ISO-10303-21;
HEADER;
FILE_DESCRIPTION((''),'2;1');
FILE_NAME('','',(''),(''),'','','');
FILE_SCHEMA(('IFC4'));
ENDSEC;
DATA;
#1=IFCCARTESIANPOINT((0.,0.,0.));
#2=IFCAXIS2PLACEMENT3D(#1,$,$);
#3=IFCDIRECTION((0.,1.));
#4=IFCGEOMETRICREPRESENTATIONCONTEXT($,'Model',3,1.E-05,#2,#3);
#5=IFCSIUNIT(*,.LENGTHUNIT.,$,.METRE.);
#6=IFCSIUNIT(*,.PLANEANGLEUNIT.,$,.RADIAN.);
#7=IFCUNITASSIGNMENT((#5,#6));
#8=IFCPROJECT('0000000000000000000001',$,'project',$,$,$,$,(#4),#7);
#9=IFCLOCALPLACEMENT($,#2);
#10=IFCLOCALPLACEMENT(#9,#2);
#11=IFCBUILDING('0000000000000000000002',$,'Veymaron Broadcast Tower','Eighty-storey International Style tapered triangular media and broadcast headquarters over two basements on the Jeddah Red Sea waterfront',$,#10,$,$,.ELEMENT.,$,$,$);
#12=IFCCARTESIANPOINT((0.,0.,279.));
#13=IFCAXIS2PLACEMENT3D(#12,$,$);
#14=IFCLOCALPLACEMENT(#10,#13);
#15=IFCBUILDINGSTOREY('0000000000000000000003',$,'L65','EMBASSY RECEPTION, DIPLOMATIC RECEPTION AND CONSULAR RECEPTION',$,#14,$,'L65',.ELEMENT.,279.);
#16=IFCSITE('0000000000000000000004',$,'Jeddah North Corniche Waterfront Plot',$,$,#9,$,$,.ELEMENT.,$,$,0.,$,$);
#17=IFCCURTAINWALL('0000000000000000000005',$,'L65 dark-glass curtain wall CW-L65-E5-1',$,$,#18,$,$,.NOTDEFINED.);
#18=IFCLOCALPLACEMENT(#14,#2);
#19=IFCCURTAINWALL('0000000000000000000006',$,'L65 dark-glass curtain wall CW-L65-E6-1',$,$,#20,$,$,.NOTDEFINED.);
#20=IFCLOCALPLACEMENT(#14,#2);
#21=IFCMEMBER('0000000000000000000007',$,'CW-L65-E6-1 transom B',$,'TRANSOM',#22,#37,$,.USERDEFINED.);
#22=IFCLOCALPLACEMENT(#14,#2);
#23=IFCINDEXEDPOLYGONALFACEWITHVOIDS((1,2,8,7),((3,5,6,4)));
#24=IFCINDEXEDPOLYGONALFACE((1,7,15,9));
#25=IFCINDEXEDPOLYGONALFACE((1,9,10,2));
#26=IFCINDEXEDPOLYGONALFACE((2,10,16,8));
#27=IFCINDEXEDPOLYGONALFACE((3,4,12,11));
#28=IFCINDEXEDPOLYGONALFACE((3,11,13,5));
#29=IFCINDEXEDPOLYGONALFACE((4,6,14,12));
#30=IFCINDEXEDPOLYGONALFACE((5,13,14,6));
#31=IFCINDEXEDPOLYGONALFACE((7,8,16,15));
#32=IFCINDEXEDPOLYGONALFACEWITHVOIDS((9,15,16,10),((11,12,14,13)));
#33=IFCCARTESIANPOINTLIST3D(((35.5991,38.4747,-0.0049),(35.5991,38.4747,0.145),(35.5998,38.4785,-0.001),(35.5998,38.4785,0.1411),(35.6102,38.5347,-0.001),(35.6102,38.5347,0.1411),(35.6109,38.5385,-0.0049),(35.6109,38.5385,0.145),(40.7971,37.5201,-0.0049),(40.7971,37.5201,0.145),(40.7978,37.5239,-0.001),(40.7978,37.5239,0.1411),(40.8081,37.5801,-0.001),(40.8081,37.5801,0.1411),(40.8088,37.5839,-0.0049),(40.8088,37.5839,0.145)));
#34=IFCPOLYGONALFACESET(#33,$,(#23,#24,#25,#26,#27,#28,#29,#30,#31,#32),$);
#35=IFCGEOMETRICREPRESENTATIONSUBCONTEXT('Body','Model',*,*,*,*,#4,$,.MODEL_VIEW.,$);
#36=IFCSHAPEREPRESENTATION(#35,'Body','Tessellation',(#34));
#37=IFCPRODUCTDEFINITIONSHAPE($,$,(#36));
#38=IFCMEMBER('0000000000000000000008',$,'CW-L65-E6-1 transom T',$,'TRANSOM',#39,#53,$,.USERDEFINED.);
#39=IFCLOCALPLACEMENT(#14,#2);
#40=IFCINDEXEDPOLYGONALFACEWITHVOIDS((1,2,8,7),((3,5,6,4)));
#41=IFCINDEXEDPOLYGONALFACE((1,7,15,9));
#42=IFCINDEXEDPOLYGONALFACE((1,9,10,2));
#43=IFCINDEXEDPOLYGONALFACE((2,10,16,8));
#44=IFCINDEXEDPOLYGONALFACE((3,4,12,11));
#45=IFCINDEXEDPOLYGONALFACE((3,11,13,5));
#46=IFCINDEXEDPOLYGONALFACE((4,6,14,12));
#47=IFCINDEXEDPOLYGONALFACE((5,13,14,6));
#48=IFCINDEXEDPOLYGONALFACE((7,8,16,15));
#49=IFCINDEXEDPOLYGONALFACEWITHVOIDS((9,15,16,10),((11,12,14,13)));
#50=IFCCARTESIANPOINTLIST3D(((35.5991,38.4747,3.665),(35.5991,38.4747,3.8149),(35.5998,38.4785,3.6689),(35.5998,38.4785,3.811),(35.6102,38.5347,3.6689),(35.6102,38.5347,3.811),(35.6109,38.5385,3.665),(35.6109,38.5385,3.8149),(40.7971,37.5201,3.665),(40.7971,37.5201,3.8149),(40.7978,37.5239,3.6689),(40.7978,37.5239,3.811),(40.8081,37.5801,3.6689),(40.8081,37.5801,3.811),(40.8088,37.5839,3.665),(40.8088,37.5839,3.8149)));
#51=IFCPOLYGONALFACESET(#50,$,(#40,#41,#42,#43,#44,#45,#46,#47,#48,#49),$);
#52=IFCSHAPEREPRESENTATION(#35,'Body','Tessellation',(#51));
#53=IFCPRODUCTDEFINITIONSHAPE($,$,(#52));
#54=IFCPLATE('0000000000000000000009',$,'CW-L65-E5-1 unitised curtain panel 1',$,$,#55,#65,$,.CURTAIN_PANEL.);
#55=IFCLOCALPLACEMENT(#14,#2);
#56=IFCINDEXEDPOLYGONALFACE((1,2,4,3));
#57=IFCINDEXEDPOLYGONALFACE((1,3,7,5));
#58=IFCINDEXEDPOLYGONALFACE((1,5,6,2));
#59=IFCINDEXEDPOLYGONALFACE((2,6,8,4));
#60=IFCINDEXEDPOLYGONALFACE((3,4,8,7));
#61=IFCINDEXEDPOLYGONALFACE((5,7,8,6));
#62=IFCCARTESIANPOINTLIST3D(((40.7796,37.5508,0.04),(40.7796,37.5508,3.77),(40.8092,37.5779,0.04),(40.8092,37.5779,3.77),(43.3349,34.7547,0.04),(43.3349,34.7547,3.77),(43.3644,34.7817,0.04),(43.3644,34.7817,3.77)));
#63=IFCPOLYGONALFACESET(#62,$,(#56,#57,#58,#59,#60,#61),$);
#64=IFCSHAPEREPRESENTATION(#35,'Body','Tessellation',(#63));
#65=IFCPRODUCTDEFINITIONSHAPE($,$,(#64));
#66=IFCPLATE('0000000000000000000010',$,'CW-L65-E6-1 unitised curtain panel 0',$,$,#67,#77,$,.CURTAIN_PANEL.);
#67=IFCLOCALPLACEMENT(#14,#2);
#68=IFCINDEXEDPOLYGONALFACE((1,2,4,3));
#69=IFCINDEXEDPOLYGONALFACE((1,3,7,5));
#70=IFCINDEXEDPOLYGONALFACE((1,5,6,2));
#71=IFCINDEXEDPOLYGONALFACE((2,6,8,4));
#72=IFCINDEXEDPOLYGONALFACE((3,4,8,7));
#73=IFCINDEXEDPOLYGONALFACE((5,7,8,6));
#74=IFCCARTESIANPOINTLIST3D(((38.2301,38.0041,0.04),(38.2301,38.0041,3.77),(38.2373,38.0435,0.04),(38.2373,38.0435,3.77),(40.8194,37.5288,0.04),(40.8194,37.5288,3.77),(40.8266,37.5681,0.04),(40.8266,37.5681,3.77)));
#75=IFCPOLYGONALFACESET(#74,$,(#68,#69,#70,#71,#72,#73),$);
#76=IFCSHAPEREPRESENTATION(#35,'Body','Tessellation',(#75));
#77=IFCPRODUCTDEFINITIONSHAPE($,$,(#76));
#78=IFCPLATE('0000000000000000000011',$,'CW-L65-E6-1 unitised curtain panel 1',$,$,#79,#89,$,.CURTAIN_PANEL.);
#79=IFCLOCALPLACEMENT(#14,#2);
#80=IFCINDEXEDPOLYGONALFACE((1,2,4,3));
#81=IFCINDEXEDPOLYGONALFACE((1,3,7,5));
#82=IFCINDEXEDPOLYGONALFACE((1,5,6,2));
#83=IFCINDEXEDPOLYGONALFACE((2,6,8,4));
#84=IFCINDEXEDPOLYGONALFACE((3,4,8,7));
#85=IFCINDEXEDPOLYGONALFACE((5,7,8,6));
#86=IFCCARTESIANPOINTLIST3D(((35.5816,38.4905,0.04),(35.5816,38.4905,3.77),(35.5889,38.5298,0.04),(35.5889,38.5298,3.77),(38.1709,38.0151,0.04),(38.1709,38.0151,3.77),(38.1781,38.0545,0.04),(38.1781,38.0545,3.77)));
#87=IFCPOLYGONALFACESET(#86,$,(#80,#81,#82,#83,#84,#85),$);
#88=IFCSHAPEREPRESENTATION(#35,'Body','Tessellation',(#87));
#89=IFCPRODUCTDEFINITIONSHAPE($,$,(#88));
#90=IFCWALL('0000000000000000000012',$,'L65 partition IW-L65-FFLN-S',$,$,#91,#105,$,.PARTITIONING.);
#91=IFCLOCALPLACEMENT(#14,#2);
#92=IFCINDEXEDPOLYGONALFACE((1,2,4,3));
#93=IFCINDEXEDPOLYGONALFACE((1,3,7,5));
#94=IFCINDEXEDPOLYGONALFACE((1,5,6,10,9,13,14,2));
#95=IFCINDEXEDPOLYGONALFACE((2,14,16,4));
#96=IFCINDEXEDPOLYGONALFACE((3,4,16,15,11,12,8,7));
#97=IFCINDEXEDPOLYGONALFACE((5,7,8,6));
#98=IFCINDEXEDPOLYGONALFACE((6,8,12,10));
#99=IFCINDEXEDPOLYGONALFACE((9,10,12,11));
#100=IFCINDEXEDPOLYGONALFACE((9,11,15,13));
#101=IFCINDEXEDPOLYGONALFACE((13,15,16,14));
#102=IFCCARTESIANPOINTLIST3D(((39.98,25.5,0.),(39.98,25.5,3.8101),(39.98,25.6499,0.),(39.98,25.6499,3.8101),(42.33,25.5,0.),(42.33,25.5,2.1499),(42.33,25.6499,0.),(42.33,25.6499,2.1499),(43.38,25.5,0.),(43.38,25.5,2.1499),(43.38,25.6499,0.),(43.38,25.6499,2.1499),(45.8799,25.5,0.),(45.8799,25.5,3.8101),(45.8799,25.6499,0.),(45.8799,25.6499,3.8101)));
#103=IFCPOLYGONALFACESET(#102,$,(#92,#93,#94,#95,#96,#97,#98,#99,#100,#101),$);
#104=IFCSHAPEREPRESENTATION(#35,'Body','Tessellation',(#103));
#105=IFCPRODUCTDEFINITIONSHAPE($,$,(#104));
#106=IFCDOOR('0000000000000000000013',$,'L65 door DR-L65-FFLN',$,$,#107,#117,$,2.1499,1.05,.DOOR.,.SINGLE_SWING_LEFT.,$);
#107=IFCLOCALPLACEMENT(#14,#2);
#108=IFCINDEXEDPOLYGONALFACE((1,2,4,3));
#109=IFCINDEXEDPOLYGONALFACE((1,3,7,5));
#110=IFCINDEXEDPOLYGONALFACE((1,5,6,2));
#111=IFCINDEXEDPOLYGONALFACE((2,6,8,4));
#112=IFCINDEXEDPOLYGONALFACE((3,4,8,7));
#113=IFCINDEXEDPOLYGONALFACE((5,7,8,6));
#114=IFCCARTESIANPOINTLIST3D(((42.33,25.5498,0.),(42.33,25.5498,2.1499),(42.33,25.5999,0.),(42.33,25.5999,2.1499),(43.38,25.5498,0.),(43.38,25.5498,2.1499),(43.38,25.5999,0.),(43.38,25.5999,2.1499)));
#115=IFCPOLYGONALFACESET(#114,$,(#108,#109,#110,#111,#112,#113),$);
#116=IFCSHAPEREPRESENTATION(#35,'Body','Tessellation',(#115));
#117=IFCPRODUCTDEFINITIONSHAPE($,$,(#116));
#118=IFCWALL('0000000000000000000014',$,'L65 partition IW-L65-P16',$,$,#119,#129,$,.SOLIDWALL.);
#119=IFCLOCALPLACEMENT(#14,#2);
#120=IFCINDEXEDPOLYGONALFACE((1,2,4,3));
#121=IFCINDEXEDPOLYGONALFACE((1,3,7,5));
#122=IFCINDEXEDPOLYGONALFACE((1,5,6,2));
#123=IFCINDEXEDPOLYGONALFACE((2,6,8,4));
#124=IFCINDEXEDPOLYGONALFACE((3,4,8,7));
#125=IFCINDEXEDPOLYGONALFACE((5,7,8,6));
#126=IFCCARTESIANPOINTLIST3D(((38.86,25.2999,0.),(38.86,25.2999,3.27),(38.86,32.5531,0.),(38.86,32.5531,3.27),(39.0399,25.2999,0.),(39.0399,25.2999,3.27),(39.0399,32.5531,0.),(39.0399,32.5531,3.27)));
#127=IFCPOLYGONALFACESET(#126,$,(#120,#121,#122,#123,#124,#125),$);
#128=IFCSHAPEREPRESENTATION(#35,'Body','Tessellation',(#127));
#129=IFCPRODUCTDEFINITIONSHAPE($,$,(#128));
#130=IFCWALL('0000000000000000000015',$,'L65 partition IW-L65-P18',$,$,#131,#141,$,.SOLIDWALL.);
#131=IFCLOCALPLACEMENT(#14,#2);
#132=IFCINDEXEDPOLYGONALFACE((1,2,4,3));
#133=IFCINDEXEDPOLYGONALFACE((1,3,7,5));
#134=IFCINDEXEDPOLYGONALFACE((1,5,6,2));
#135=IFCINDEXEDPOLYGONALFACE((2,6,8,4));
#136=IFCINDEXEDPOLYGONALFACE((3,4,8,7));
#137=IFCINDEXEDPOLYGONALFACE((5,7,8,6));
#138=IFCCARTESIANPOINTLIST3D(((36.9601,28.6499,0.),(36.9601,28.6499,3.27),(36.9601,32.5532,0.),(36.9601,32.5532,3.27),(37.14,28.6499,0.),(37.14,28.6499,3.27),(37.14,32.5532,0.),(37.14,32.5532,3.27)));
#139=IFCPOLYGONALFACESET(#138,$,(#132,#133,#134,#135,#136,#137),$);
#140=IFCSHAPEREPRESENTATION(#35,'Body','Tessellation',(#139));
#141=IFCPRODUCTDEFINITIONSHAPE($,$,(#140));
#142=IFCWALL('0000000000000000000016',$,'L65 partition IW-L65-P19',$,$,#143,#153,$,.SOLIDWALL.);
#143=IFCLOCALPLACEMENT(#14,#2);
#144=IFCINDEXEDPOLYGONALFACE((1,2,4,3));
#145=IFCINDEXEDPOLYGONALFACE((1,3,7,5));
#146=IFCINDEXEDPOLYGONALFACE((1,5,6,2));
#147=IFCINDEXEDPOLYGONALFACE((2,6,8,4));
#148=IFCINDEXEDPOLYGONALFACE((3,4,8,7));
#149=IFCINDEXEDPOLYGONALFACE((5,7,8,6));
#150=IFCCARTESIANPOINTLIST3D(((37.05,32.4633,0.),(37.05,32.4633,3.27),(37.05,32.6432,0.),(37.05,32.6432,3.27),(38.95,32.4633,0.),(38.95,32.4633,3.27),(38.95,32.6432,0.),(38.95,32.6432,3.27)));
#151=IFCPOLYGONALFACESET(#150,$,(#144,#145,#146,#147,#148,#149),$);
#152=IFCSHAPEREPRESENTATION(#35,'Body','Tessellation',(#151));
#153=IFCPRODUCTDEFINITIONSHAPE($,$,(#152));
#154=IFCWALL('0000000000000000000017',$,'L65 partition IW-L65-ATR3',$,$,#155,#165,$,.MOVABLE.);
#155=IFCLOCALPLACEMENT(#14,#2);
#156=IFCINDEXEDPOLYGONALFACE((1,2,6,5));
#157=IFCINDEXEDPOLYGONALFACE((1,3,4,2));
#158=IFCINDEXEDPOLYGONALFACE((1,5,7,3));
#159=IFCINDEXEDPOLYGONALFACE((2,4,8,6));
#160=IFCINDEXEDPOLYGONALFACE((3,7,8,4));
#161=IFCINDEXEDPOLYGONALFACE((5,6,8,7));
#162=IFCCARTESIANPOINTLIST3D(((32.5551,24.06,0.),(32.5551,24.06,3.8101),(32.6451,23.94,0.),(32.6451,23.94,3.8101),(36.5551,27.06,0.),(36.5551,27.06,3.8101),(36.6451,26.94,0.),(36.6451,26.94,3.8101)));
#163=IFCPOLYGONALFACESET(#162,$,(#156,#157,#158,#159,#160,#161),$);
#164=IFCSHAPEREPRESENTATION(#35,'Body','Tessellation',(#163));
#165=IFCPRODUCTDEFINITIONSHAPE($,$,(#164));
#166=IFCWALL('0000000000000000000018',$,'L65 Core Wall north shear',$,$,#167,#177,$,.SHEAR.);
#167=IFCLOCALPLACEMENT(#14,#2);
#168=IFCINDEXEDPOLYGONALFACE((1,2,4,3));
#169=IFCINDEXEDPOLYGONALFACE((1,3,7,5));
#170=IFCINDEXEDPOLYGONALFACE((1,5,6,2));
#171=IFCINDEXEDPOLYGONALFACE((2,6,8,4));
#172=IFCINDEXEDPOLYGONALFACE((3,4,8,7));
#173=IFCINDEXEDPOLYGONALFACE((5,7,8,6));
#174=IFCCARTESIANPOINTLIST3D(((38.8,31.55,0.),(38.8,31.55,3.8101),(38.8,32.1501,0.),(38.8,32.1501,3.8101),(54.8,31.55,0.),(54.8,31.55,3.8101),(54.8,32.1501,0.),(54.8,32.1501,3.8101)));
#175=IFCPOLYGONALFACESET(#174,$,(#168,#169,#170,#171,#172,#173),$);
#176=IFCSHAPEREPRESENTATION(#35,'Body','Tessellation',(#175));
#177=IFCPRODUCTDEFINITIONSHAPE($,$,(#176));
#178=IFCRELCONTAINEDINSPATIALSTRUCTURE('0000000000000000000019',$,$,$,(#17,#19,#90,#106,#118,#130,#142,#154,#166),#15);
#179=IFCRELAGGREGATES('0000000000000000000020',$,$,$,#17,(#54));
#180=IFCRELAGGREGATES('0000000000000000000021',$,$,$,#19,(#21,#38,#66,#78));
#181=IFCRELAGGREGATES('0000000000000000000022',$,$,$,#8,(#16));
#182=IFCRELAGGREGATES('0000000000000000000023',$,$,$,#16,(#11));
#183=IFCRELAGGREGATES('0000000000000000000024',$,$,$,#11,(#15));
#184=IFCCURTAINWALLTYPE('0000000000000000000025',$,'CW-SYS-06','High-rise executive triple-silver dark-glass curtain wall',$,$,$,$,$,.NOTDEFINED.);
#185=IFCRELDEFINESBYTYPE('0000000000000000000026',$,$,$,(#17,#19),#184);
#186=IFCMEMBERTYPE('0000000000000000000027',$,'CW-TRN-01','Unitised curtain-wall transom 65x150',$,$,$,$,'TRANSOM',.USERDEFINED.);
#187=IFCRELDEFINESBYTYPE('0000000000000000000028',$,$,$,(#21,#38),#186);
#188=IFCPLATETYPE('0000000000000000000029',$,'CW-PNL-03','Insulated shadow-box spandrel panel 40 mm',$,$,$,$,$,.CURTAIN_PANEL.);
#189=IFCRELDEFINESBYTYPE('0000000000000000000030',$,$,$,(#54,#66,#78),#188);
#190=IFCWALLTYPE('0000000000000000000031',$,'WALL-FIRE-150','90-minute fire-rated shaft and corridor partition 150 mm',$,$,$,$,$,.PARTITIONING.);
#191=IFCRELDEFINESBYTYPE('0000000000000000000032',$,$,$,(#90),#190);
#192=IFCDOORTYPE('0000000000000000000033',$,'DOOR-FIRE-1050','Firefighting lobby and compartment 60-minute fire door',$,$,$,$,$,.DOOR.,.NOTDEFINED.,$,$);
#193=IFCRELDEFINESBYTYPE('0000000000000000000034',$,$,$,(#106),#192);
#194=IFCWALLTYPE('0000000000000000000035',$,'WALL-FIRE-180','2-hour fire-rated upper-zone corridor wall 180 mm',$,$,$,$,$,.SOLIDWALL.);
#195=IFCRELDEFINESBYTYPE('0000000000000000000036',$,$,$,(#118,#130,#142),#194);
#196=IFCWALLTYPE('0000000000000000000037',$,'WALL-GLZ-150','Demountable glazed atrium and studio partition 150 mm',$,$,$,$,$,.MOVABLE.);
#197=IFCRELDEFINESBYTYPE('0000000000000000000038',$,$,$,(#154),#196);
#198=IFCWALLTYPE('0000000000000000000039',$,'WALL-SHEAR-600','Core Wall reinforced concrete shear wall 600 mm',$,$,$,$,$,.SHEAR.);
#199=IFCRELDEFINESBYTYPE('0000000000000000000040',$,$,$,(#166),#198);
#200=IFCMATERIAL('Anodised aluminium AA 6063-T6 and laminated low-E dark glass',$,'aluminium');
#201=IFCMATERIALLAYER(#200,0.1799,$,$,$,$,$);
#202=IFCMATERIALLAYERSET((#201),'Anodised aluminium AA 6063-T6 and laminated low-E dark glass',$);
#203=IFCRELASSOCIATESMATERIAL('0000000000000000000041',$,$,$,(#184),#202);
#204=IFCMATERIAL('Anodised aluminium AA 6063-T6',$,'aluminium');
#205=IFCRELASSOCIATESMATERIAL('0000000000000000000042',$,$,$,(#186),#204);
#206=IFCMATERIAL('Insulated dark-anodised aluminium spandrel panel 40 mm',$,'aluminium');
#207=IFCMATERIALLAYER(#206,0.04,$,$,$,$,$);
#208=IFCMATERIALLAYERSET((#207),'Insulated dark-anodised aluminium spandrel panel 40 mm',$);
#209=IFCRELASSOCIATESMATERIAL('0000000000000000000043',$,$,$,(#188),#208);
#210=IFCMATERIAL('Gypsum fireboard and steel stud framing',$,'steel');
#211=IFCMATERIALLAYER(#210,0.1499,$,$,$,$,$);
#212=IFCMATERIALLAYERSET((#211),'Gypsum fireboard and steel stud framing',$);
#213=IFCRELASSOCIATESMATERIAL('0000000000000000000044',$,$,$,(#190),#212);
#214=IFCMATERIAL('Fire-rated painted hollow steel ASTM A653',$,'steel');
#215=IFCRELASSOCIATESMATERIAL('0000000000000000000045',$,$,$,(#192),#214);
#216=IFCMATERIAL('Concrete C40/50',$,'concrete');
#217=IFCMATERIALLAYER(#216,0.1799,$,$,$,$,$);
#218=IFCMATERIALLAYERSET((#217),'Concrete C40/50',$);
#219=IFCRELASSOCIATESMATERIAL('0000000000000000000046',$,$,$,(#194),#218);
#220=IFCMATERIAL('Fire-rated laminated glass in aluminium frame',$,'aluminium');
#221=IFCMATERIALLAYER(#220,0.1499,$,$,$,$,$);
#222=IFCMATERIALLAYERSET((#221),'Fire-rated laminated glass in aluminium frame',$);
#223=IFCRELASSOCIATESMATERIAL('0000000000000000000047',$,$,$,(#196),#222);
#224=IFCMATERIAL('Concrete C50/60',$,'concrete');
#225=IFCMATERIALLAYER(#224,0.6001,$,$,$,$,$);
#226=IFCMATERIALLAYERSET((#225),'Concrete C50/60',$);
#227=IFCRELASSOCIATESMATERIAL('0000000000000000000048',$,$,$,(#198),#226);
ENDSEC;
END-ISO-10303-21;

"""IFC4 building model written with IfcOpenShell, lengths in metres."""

from ifc_helpers import new_model, si_unit, direction, frame, frame_2d, origin, origin_2d, place, context, subcontext, project, spatial, rectangle, hollow_rectangle, extrude, material, layer, layer_set, material_profile, profile_set, type_object, element, fill, aggregate, save


model = new_model("IFC4")

# Units and contexts
model_context = context("Model", 3, precision=1e-05, world=origin(), true_north=direction((0.0, 1.0)))
body_context = subcontext(model_context, "Body", "Model", "MODEL_VIEW")
ifc_project = project(units=[si_unit("LENGTHUNIT", "METRE"), si_unit("PLANEANGLEUNIT", "RADIAN")], contexts=[model_context])

# Site, building, storey
site_placement = place(None, origin())
site = spatial("IfcSite", under=ifc_project, at=site_placement, Name="Jeddah North Corniche Waterfront Plot", CompositionType="ELEMENT", RefElevation=0.0)
building_placement = place(site_placement, origin())
building = spatial("IfcBuilding", under=site, at=building_placement, Name="Veymaron Broadcast Tower", Description="Eighty-storey International Style tapered triangular media and broadcast headquarters over two basements on the Jeddah Red Sea waterfront", CompositionType="ELEMENT")
storey_placement = place(building_placement, frame((0.0, 0.0, 279.0)))
storey = spatial("IfcBuildingStorey", under=building, at=storey_placement, Name="L65", Description="EMBASSY RECEPTION, DIPLOMATIC RECEPTION AND CONSULAR RECEPTION", LongName="L65", CompositionType="ELEMENT", Elevation=279.0)

# Curtain walls, members
ifc_material_1 = material(Name="Anodised aluminium AA 6063-T6 and laminated low-E dark glass", Category="aluminium")
ifc_layer_1 = layer(ifc_material_1, 0.1799)
ifc_layer_set_1 = layer_set([ifc_layer_1], Name="Anodised aluminium AA 6063-T6 and laminated low-E dark glass")
curtain_wall_type = type_object("IfcCurtainWallType", Name="CW-SYS-06", Description="High-rise executive triple-silver dark-glass curtain wall", PredefinedType="NOTDEFINED", material=ifc_layer_set_1)
curtain_wall_1_placement = place(storey_placement, origin())
curtain_wall_1 = element("IfcCurtainWall", 1, at=curtain_wall_1_placement, inside=storey, type_object=curtain_wall_type, Name="L65 dark-glass curtain wall CW-L65-E5-1", PredefinedType="NOTDEFINED")
ifc_material_2 = material(Name="Anodised aluminium AA 6063-T6", Category="aluminium")
curtain_wall_2_placement = place(storey_placement, origin())
curtain_wall_2 = element("IfcCurtainWall", 2, at=curtain_wall_2_placement, inside=storey, type_object=curtain_wall_type, Name="L65 dark-glass curtain wall CW-L65-E6-1", PredefinedType="NOTDEFINED")
ifc_material_profile_1 = material_profile(ifc_material_2, hollow_rectangle(XDim=0.0649, YDim=0.1499, WallThickness=0.0039, at=origin_2d()), Name="AL150X65X4")
ifc_profile_set_1 = profile_set([ifc_material_profile_1], Name="Anodised aluminium AA 6063-T6")
member_type_1 = type_object("IfcMemberType", Name="CW-TRN-01", Description="Unitised curtain-wall transom 65x150", ElementType="TRANSOM", PredefinedType="USERDEFINED", material=ifc_profile_set_1)
member_1_placement = place(storey_placement, frame((40.803, 37.552, 0.0701), z_axis=(-0.983552, 0.180625, 0.0), x_axis=(-0.180625, -0.983552, 0.0)))
member_1 = element("IfcMember", 3, at=member_1_placement, type_object=member_type_1, Name="CW-L65-E6-1 transom B", ObjectType="TRANSOM", PredefinedType="USERDEFINED", context=body_context, shape_type="SweptSolid", body=[
    extrude(hollow_rectangle(XDim=0.0649, YDim=0.1499, WallThickness=0.0039, at=origin_2d()), origin(), (0.0, 0.0, 1.0), 5.2849),
])
member_2_placement = place(storey_placement, frame((40.803, 37.552, 3.74), z_axis=(-0.983552, 0.180625, 0.0), x_axis=(-0.180625, -0.983552, 0.0)))
member_2 = element("IfcMember", 4, at=member_2_placement, type_object=member_type_1, Name="CW-L65-E6-1 transom T", ObjectType="TRANSOM", PredefinedType="USERDEFINED", context=body_context, shape_type="SweptSolid", body=[
    extrude(hollow_rectangle(XDim=0.0649, YDim=0.1499, WallThickness=0.0039, at=origin_2d()), origin(), (0.0, 0.0, 1.0), 5.2849),
])

# Plates
ifc_material_3 = material(Name="Insulated dark-anodised aluminium spandrel panel 40 mm", Category="aluminium")
ifc_layer_2 = layer(ifc_material_3, 0.04)
ifc_layer_set_2 = layer_set([ifc_layer_2], Name="Insulated dark-anodised aluminium spandrel panel 40 mm")
plate_type = type_object("IfcPlateType", Name="CW-PNL-03", Description="Insulated shadow-box spandrel panel 40 mm", PredefinedType="CURTAIN_PANEL", material=ifc_layer_set_2)
plate_1_placement = place(storey_placement, frame((42.072, 36.1663, 0.04), z_axis=(0.0, 0.0, 1.0), x_axis=(-0.674586, 0.738196, 0.0)))
plate_1 = element("IfcPlate", 5, at=plate_1_placement, type_object=plate_type, Name="CW-L65-E5-1 unitised curtain panel 1", PredefinedType="CURTAIN_PANEL", context=body_context, shape_type="SweptSolid", body=[
    extrude(rectangle(XDim=3.7878, YDim=0.04, at=origin_2d()), origin(), (0.0, 0.0, 1.0), 3.73),
])
aggregate(curtain_wall_1, [plate_1])
plate_2_placement = place(storey_placement, frame((39.5283, 37.7861, 0.04), z_axis=(0.0, 0.0, 1.0), x_axis=(-0.983562, 0.180571, 0.0)))
plate_2 = element("IfcPlate", 6, at=plate_2_placement, type_object=plate_type, Name="CW-L65-E6-1 unitised curtain panel 0", PredefinedType="CURTAIN_PANEL", context=body_context, shape_type="SweptSolid", body=[
    extrude(rectangle(XDim=2.6326, YDim=0.04, at=origin_2d()), origin(), (0.0, 0.0, 1.0), 3.73),
])
plate_3_placement = place(storey_placement, frame((36.8799, 38.2725, 0.04), z_axis=(0.0, 0.0, 1.0), x_axis=(-0.983562, 0.180571, 0.0)))
plate_3 = element("IfcPlate", 7, at=plate_3_placement, type_object=plate_type, Name="CW-L65-E6-1 unitised curtain panel 1", PredefinedType="CURTAIN_PANEL", context=body_context, shape_type="SweptSolid", body=[
    extrude(rectangle(XDim=2.6326, YDim=0.04, at=origin_2d()), origin(), (0.0, 0.0, 1.0), 3.73),
])
aggregate(curtain_wall_2, [member_1, member_2, plate_2, plate_3])

# Wall, opening, door
ifc_material_4 = material(Name="Gypsum fireboard and steel stud framing", Category="steel")
ifc_layer_3 = layer(ifc_material_4, 0.1499)
ifc_layer_set_3 = layer_set([ifc_layer_3], Name="Gypsum fireboard and steel stud framing")
wall_type_1 = type_object("IfcWallType", Name="WALL-FIRE-150", Description="90-minute fire-rated shaft and corridor partition 150 mm", PredefinedType="PARTITIONING", material=ifc_layer_set_3)
wall_1_placement = place(storey_placement, frame((39.98, 25.575, 0.0), z_axis=(0.0, 0.0, 1.0), x_axis=(1.0, 0.0, 0.0)))
wall_1 = element("IfcWall", 8, at=wall_1_placement, inside=storey, type_object=wall_type_1, Name="L65 partition IW-L65-FFLN-S", PredefinedType="PARTITIONING", context=body_context, shape_type="SweptSolid", body=[
    extrude(rectangle(XDim=5.8999, YDim=0.1499, at=frame_2d((2.95, 0.0))), origin(), (0.0, 0.0, 1.0), 3.8101),
])
opening_1_placement = place(wall_1_placement, frame((2.3501, 0.0, 0.0)))
opening_1 = element("IfcOpeningElement", 9, at=opening_1_placement, cuts=wall_1, PredefinedType="OPENING", context=body_context, shape_type="SweptSolid", body=[
    extrude(rectangle(XDim=1.05, YDim=2.1499, at=frame_2d((0.5249, 1.075))), frame((0.0, 0.085, 0.0), z_axis=(0.0, -1.0, 0.0), x_axis=(1.0, 0.0, 0.0)), (0.0, 0.0, 1.0), 0.1699),
])
ifc_material_5 = material(Name="Fire-rated painted hollow steel ASTM A653", Category="steel")
door_type_1 = type_object("IfcDoorType", Name="DOOR-FIRE-1050", Description="Firefighting lobby and compartment 60-minute fire door", OperationType="NOTDEFINED", PredefinedType="DOOR", material=ifc_material_5)
door_1_placement = place(opening_1_placement, origin())
door_1 = element("IfcDoor", 10, at=door_1_placement, inside=storey, type_object=door_type_1, Name="L65 door DR-L65-FFLN", OperationType="SINGLE_SWING_LEFT", OverallHeight=2.1499, OverallWidth=1.05, PredefinedType="DOOR", context=body_context, shape_type="SweptSolid", body=[
    extrude(rectangle(XDim=1.05, YDim=2.1499, at=frame_2d((0.5249, 1.075))), frame((0.0, 0.0249, 0.0), z_axis=(0.0, -1.0, 0.0), x_axis=(1.0, 0.0, 0.0)), (0.0, 0.0, 1.0), 0.05),
])
fill(opening_1, door_1)

# Walls
ifc_material_6 = material(Name="Concrete C40/50", Category="concrete")
ifc_layer_4 = layer(ifc_material_6, 0.1799)
ifc_layer_set_4 = layer_set([ifc_layer_4], Name="Concrete C40/50")
wall_type_2 = type_object("IfcWallType", Name="WALL-FIRE-180", Description="2-hour fire-rated upper-zone corridor wall 180 mm", PredefinedType="SOLIDWALL", material=ifc_layer_set_4)
wall_2_placement = place(storey_placement, frame((38.95, 25.3, 0.0), z_axis=(0.0, 0.0, 1.0), x_axis=(0.0, 1.0, 0.0)))
element("IfcWall", 11, at=wall_2_placement, inside=storey, type_object=wall_type_2, Name="L65 partition IW-L65-P16", PredefinedType="SOLIDWALL", context=body_context, shape_type="SweptSolid", body=[
    extrude(rectangle(XDim=7.2532, YDim=0.1799, at=frame_2d((3.6265, 0.0))), origin(), (0.0, 0.0, 1.0), 3.27),
])
wall_3_placement = place(storey_placement, frame((37.05, 28.6499, 0.0), z_axis=(0.0, 0.0, 1.0), x_axis=(0.0, 1.0, 0.0)))
element("IfcWall", 12, at=wall_3_placement, inside=storey, type_object=wall_type_2, Name="L65 partition IW-L65-P18", PredefinedType="SOLIDWALL", context=body_context, shape_type="SweptSolid", body=[
    extrude(rectangle(XDim=3.9033, YDim=0.1799, at=frame_2d((1.9517, 0.0))), origin(), (0.0, 0.0, 1.0), 3.27),
])
wall_4_placement = place(storey_placement, frame((37.05, 32.5532, 0.0), z_axis=(0.0, 0.0, 1.0), x_axis=(1.0, 0.0, 0.0)))
element("IfcWall", 13, at=wall_4_placement, inside=storey, type_object=wall_type_2, Name="L65 partition IW-L65-P19", PredefinedType="SOLIDWALL", context=body_context, shape_type="SweptSolid", body=[
    extrude(rectangle(XDim=1.8999, YDim=0.1799, at=frame_2d((0.95, 0.0))), origin(), (0.0, 0.0, 1.0), 3.27),
])
ifc_material_7 = material(Name="Fire-rated laminated glass in aluminium frame", Category="aluminium")
ifc_layer_5 = layer(ifc_material_7, 0.1499)
ifc_layer_set_5 = layer_set([ifc_layer_5], Name="Fire-rated laminated glass in aluminium frame")
wall_type_3 = type_object("IfcWallType", Name="WALL-GLZ-150", Description="Demountable glazed atrium and studio partition 150 mm", PredefinedType="MOVABLE", material=ifc_layer_set_5)
wall_5_placement = place(storey_placement, frame((36.6001, 27.0, 0.0), z_axis=(0.0, 0.0, 1.0), x_axis=(-0.8, -0.6, 0.0)))
element("IfcWall", 14, at=wall_5_placement, inside=storey, type_object=wall_type_3, Name="L65 partition IW-L65-ATR3", PredefinedType="MOVABLE", context=body_context, shape_type="SweptSolid", body=[
    extrude(rectangle(XDim=5.0, YDim=0.1499, at=frame_2d((2.5, 0.0))), origin(), (0.0, 0.0, 1.0), 3.8101),
])

# Shared definitions
ifc_material_8 = material(Name="Concrete C50/60", Category="concrete")

# Wall
ifc_layer_6 = layer(ifc_material_8, 0.6001)
ifc_layer_set_6 = layer_set([ifc_layer_6], Name="Concrete C50/60")
wall_type_4 = type_object("IfcWallType", Name="WALL-SHEAR-600", Description="Core Wall reinforced concrete shear wall 600 mm", PredefinedType="SHEAR", material=ifc_layer_set_6)
wall_6_placement = place(storey_placement, frame((38.8, 31.8501, 0.0), z_axis=(0.0, 0.0, 1.0), x_axis=(1.0, 0.0, 0.0)))
element("IfcWall", 15, at=wall_6_placement, inside=storey, type_object=wall_type_4, Name="L65 Core Wall north shear", PredefinedType="SHEAR", context=body_context, shape_type="SweptSolid", body=[
    extrude(rectangle(XDim=16.0, YDim=0.6001, at=frame_2d((8.0, 0.0))), origin(), (0.0, 0.0, 1.0), 3.8101),
])

save(model, "model.ifc")
